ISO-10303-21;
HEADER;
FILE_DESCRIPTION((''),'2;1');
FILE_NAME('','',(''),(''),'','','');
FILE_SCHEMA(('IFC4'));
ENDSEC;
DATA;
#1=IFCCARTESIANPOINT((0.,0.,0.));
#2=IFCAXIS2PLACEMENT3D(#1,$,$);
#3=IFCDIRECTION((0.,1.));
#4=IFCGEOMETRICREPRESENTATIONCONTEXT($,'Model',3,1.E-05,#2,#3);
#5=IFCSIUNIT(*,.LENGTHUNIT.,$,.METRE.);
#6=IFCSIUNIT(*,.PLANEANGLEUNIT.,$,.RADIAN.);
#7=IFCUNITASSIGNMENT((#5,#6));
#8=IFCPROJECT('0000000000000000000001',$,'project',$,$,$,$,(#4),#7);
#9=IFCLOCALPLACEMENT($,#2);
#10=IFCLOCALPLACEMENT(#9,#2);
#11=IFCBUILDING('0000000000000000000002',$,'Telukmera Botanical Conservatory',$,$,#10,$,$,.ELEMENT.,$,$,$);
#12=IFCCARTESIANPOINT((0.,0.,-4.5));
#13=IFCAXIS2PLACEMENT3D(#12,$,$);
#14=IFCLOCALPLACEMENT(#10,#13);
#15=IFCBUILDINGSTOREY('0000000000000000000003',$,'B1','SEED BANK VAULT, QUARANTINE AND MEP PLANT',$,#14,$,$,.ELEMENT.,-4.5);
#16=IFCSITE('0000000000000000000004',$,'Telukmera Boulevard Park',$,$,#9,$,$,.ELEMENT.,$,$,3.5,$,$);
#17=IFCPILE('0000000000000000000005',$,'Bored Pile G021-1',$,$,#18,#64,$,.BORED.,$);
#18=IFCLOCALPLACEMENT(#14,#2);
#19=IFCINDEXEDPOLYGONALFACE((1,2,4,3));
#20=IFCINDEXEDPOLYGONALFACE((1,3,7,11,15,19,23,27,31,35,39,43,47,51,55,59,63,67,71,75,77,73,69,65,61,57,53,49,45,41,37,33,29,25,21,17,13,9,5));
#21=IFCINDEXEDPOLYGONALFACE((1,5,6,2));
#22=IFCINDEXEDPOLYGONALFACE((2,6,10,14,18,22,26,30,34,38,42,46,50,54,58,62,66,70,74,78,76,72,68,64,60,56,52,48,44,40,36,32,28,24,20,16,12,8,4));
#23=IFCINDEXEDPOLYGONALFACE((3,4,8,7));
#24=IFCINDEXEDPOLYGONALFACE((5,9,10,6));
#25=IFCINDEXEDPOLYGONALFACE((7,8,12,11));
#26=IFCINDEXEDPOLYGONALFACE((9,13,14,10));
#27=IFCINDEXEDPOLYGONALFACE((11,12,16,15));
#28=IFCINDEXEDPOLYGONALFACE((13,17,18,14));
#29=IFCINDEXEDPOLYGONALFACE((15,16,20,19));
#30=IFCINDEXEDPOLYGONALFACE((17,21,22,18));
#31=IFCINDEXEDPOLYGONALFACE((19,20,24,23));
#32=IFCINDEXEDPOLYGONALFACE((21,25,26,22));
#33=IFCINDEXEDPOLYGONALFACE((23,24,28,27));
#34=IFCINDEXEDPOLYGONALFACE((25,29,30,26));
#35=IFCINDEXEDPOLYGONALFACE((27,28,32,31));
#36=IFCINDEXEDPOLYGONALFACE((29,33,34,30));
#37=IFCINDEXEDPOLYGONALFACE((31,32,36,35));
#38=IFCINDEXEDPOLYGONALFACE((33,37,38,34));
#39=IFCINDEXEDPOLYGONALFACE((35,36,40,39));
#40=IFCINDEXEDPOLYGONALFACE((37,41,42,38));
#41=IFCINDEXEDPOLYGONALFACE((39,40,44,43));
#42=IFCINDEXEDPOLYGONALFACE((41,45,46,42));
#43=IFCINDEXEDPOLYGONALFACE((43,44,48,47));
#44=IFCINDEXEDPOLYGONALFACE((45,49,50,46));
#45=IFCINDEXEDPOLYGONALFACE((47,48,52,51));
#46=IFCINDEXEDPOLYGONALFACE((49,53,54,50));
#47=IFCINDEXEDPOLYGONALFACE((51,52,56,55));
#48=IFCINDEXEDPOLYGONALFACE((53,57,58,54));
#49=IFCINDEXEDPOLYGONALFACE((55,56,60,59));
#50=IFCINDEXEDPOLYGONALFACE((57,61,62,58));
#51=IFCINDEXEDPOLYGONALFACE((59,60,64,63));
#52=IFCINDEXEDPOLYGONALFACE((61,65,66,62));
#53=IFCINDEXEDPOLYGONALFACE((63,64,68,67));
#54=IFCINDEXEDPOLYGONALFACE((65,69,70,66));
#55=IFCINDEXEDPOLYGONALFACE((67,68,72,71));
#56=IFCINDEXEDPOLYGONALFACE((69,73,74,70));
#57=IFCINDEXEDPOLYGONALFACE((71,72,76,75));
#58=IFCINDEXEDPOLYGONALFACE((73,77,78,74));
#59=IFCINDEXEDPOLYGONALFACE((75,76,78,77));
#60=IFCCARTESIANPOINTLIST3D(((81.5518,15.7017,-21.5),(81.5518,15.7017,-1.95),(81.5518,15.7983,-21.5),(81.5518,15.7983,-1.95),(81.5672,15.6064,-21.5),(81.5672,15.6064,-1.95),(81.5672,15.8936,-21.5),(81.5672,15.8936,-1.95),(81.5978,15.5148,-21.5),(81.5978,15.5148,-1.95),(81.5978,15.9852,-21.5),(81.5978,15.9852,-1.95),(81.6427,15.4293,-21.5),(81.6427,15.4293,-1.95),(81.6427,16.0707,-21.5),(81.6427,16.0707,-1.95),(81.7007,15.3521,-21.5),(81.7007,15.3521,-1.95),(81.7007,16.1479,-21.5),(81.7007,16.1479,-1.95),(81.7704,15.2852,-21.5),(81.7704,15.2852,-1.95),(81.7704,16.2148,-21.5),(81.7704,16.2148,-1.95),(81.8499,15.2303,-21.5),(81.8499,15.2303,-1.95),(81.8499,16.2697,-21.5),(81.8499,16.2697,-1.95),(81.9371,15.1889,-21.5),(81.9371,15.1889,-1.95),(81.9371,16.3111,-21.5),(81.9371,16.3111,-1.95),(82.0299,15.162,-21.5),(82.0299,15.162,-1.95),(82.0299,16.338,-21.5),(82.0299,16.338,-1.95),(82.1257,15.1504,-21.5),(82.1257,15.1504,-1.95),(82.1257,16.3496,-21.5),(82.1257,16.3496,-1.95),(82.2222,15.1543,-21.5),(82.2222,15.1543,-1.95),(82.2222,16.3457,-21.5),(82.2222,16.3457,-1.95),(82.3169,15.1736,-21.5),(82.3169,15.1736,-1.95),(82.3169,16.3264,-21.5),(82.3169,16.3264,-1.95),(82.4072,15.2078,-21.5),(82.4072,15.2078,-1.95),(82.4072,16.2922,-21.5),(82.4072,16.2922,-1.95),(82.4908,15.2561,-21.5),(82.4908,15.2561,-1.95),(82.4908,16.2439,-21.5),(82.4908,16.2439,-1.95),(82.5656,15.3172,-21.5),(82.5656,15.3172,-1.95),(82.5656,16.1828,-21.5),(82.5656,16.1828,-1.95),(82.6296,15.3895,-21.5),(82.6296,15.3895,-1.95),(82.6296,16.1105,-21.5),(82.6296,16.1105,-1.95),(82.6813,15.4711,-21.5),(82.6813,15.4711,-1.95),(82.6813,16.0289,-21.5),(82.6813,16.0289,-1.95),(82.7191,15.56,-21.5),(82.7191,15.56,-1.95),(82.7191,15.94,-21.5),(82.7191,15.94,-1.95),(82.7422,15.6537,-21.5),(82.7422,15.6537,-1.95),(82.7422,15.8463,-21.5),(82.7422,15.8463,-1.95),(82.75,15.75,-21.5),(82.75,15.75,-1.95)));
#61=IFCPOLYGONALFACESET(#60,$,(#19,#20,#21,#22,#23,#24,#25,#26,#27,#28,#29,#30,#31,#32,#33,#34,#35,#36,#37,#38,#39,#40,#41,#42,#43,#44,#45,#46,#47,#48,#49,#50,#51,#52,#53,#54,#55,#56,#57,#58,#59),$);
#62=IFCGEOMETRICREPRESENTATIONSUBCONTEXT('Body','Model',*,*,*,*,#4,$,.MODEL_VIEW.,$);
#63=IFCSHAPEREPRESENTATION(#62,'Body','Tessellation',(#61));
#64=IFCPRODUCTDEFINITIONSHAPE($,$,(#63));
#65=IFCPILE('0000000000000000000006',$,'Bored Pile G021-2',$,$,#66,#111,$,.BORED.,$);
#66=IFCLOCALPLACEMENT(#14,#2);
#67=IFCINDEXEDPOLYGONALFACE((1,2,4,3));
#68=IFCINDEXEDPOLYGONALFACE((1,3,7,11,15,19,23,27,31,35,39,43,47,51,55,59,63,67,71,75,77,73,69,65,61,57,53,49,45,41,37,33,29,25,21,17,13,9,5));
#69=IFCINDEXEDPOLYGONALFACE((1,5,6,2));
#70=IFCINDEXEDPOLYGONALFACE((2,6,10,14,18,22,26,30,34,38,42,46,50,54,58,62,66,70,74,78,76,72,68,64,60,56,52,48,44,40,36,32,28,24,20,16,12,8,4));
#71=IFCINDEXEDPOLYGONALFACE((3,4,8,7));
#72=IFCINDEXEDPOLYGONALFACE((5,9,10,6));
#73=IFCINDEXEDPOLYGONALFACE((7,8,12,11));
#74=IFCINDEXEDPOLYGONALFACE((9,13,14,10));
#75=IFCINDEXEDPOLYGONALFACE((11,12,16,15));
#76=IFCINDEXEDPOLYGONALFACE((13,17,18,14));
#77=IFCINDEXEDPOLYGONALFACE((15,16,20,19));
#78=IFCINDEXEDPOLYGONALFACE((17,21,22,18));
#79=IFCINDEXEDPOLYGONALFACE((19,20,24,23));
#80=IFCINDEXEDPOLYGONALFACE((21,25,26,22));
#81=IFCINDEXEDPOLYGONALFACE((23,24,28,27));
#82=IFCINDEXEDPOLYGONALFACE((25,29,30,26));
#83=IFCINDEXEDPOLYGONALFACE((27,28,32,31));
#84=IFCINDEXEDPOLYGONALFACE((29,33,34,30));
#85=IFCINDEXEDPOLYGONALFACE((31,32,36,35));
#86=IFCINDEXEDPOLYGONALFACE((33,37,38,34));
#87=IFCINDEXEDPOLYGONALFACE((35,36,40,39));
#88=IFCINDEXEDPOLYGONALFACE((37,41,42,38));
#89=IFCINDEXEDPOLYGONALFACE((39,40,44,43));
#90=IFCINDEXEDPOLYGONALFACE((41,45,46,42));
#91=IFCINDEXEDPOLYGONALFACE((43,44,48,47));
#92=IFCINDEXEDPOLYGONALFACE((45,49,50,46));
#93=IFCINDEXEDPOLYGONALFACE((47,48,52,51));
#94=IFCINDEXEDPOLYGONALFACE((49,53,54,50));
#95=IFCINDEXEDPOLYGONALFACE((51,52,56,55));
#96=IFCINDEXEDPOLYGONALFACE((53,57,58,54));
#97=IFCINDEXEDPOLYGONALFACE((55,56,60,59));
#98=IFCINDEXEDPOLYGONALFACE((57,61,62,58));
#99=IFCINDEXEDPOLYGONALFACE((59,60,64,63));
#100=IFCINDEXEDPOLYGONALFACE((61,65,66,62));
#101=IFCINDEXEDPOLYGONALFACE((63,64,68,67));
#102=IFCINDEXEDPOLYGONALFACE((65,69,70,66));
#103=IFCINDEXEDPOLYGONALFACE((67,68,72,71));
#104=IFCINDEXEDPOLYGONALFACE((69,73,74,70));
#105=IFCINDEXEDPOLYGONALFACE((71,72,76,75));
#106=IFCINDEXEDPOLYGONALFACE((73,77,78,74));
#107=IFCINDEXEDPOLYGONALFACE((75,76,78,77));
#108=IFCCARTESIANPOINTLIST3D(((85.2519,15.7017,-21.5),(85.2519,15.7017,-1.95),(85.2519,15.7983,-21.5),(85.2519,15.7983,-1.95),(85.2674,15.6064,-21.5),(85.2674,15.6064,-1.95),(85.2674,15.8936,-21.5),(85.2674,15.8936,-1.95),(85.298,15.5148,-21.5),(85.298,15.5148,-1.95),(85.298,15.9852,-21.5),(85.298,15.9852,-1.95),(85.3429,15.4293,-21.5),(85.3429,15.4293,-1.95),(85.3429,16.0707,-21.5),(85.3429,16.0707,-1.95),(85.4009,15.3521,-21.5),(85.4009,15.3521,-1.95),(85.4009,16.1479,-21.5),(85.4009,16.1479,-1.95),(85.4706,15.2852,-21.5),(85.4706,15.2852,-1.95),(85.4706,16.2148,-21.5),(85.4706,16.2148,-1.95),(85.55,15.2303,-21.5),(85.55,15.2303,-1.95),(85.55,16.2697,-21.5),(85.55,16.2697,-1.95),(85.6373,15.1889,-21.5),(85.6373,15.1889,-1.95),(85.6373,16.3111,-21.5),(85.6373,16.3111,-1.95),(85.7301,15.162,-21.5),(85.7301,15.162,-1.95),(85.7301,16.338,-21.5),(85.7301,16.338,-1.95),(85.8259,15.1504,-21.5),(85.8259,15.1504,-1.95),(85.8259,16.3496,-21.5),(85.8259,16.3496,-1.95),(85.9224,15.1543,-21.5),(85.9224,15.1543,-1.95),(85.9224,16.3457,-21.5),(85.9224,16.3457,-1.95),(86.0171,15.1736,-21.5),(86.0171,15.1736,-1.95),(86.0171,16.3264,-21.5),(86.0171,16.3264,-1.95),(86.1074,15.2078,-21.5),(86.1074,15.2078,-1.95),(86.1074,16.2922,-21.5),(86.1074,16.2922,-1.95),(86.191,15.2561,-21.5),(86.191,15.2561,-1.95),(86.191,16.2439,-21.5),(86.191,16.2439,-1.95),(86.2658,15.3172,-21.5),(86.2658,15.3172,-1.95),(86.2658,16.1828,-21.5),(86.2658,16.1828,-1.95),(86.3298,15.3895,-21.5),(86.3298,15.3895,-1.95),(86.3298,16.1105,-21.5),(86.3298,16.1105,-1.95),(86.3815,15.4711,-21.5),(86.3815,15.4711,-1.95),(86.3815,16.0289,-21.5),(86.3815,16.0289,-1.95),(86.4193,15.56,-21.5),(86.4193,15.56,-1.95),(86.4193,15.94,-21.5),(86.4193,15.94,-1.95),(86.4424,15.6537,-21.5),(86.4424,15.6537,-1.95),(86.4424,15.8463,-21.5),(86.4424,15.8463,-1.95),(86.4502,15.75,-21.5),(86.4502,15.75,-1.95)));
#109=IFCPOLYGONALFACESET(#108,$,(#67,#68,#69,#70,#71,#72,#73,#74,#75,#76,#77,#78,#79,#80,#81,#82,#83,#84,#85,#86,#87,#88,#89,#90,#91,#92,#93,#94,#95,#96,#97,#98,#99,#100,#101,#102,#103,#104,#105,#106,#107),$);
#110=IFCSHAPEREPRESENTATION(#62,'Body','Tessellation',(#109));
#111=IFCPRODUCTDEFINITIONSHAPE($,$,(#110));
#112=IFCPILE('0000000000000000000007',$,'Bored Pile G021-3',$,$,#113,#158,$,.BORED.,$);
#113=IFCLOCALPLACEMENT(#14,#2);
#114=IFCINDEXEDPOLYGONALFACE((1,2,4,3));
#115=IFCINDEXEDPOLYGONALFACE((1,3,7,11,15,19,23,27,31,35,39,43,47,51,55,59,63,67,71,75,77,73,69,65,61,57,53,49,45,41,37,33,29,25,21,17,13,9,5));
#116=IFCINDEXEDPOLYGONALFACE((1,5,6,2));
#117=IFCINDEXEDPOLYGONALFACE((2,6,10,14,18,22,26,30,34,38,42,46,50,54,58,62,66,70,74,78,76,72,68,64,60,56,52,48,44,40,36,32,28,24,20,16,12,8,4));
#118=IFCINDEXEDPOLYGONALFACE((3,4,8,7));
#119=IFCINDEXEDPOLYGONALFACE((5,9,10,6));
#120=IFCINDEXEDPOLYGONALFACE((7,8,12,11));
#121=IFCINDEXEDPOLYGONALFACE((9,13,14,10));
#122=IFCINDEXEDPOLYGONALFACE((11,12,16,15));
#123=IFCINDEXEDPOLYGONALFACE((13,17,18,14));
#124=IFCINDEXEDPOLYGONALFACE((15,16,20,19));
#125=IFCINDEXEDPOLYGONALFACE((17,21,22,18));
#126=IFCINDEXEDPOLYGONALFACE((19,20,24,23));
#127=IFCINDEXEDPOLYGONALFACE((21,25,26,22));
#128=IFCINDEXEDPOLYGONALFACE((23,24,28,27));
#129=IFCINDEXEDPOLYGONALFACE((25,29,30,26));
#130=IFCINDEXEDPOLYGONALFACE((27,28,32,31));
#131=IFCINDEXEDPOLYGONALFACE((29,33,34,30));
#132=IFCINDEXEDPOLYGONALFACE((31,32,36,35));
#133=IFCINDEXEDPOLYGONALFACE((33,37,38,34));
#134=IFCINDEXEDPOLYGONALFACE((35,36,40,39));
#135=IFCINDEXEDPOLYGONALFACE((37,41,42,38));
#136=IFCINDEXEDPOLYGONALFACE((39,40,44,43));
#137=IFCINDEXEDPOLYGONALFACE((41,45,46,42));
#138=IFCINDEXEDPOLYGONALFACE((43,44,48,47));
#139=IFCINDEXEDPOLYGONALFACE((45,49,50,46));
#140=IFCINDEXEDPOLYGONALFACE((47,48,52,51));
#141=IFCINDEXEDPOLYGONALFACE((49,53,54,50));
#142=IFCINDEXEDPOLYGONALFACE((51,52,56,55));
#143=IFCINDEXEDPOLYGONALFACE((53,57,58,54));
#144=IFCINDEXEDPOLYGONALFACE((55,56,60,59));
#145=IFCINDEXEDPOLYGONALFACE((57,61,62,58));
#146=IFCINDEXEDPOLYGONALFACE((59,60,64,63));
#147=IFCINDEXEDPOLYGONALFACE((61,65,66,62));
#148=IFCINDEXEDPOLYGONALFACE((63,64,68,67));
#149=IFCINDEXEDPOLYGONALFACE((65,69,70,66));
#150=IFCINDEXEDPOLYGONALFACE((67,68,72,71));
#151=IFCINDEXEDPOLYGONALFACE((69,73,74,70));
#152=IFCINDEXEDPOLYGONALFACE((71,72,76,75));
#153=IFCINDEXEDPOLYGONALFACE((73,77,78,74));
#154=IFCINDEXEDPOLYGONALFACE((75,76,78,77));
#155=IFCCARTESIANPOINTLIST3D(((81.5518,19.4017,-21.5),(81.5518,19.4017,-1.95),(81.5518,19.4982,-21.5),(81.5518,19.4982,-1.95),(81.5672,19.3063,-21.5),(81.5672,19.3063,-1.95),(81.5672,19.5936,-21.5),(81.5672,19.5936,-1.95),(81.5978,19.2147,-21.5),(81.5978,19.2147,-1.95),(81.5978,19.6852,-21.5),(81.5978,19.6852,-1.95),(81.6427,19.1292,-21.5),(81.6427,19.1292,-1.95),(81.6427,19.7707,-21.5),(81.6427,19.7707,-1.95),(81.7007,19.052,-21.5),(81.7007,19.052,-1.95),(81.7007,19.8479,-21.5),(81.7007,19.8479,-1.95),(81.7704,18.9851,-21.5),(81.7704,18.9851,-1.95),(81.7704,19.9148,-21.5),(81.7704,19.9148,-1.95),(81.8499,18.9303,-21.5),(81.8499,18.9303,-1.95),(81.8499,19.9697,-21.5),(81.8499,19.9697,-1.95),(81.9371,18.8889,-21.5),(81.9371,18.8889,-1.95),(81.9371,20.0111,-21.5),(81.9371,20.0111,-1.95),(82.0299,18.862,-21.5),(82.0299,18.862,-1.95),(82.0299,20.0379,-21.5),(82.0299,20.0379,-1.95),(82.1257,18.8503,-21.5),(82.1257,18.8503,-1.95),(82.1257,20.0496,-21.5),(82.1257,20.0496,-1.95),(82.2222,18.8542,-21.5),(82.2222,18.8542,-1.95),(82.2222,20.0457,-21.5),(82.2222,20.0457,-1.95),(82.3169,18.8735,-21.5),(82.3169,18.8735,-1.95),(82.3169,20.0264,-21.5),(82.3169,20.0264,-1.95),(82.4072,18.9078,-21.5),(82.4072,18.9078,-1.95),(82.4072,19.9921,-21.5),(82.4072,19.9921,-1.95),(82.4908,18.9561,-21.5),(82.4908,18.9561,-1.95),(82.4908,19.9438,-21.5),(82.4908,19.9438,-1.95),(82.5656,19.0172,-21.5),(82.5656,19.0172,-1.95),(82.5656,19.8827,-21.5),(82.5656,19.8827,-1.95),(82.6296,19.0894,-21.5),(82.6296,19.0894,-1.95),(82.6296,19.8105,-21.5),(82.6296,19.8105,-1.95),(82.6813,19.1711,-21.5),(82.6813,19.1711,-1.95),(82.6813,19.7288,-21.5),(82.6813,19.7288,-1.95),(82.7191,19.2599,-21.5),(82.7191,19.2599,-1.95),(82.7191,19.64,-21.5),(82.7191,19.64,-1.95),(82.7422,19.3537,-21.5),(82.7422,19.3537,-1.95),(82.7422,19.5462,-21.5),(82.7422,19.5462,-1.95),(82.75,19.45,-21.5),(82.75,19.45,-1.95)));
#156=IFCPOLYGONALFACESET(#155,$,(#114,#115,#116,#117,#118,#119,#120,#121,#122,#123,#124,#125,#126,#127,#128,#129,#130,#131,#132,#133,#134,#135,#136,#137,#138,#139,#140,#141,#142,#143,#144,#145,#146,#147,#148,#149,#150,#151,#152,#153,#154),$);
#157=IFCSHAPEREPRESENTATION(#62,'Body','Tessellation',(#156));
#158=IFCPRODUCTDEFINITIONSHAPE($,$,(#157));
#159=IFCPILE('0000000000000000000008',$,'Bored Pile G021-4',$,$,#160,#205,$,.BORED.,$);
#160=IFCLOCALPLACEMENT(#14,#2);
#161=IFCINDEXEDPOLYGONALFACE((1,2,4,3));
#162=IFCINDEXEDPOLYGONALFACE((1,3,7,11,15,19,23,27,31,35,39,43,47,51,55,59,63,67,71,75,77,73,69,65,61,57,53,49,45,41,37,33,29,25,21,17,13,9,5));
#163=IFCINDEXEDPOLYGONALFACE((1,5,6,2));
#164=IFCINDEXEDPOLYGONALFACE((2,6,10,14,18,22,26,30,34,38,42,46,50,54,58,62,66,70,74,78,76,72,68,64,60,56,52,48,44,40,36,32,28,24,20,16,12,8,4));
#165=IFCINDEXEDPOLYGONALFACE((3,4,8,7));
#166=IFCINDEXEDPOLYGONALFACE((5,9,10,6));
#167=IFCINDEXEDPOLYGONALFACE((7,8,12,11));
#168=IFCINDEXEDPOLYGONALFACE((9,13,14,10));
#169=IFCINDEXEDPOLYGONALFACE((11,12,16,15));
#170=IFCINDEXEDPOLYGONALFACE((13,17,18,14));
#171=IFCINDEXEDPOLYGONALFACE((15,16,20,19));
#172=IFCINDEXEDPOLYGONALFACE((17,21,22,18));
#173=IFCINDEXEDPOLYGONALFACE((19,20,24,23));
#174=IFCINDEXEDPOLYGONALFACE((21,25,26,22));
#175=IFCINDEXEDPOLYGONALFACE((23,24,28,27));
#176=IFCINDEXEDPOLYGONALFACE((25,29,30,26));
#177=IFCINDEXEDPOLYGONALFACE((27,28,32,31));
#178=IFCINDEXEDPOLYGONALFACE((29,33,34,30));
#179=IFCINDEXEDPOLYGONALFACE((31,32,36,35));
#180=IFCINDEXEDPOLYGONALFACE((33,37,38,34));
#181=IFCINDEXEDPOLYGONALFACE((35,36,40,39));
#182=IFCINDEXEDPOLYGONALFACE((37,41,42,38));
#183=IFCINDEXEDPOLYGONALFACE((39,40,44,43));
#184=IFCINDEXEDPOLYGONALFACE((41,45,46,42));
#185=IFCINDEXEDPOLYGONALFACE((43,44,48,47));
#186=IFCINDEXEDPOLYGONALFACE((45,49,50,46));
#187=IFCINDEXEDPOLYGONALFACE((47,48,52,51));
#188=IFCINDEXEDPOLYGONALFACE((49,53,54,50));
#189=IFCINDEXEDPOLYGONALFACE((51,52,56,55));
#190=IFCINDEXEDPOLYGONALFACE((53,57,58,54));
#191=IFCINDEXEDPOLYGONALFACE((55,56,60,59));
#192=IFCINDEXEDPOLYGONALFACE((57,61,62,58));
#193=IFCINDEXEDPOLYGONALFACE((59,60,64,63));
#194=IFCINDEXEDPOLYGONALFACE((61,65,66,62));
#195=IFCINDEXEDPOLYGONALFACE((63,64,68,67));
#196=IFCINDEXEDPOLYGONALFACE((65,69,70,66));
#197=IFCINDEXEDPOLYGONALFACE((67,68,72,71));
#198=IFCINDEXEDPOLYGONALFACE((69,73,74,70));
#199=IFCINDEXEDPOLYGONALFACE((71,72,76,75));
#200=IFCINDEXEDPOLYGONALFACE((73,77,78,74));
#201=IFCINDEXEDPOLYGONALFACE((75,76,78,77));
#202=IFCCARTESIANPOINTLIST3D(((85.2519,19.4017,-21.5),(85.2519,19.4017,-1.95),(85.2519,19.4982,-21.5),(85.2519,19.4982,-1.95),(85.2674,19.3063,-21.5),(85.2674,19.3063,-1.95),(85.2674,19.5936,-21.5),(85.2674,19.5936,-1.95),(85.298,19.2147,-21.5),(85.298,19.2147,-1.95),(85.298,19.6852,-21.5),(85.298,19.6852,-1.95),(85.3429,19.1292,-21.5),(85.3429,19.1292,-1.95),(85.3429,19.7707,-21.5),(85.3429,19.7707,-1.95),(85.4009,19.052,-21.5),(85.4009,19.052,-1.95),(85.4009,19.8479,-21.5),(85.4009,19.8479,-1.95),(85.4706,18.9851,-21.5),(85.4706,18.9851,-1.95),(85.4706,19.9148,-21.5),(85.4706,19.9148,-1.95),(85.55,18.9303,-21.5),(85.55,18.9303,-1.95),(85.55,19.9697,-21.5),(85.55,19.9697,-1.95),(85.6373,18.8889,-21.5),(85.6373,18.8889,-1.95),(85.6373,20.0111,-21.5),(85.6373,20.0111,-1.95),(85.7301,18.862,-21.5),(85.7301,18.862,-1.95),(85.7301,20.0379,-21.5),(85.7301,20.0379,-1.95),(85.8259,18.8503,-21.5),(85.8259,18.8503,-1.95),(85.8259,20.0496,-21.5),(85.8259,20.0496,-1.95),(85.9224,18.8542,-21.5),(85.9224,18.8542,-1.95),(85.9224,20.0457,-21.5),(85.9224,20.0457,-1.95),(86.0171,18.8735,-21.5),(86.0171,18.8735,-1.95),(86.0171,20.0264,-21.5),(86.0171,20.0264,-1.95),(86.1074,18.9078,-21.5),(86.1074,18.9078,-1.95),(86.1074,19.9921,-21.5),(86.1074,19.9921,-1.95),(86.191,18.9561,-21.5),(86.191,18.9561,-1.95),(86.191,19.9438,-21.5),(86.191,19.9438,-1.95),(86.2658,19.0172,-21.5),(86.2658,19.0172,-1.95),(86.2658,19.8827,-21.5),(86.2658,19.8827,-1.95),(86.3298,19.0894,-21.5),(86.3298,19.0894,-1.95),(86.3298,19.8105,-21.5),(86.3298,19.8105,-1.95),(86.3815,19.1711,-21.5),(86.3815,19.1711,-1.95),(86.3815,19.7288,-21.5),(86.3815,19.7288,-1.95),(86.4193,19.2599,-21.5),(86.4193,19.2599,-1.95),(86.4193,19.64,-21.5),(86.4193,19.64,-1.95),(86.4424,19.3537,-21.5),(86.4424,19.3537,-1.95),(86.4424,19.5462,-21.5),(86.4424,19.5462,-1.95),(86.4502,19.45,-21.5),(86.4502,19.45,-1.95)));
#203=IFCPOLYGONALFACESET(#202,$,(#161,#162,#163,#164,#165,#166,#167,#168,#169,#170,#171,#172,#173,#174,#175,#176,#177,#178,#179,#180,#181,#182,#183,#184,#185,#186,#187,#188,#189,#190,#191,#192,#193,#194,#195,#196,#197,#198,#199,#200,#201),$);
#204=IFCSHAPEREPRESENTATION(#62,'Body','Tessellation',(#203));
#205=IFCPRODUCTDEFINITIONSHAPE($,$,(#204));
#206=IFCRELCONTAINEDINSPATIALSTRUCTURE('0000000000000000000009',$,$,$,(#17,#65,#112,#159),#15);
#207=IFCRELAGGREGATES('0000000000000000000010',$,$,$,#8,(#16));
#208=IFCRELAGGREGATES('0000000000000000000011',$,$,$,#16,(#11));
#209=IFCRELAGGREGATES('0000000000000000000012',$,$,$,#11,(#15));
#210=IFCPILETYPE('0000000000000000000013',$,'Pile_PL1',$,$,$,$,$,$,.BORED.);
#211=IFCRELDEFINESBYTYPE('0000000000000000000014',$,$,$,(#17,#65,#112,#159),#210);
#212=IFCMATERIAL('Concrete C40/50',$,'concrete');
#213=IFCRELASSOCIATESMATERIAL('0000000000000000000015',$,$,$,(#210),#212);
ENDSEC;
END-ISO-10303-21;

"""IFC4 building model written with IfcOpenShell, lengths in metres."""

from ifc_helpers import new_model, si_unit, direction, frame, origin, origin_2d, place, context, subcontext, project, spatial, circle, extrude, material, material_profile, profile_set, type_object, element, save


model = new_model("IFC4")

# Units and contexts
model_context = context("Model", 3, precision=1e-05, world=origin(), true_north=direction((0.0, 1.0)))
body_context = subcontext(model_context, "Body", "Model", "MODEL_VIEW")
ifc_project = project(units=[si_unit("LENGTHUNIT", "METRE"), si_unit("PLANEANGLEUNIT", "RADIAN")], contexts=[model_context])

# Site, building, storey
site_placement = place(None, origin())
site = spatial("IfcSite", under=ifc_project, at=site_placement, Name="Telukmera Boulevard Park", CompositionType="ELEMENT", RefElevation=3.5)
building_placement = place(site_placement, origin())
building = spatial("IfcBuilding", under=site, at=building_placement, Name="Telukmera Botanical Conservatory", CompositionType="ELEMENT")
storey_placement = place(building_placement, frame((0.0, 0.0, -4.5)))
storey = spatial("IfcBuildingStorey", under=building, at=storey_placement, Name="B1", Description="SEED BANK VAULT, QUARANTINE AND MEP PLANT", CompositionType="ELEMENT", Elevation=-4.5)

# Shared definitions
ifc_material_1 = material(Name="Concrete C40/50", Category="concrete")

# Piles
ifc_material_profile_1 = material_profile(ifc_material_1, circle(Radius=0.6001, at=origin_2d()), Name="PILE D1200")
ifc_profile_set_1 = profile_set([ifc_material_profile_1], Name="Concrete C40/50")
pile_type_1 = type_object("IfcPileType", Name="Pile_PL1", PredefinedType="BORED", material=ifc_profile_set_1)
for number, where, z_axis, x_axis, name in (
    (1, (82.1499, 15.75, -1.95), (0.0, 0.0, -1.0), (1.0, 0.0, 0.0), "Bored Pile G021-1"),
    (2, (85.8501, 15.75, -1.95), (0.0, 0.0, -1.0), (1.0, 0.0, 0.0), "Bored Pile G021-2"),
    (3, (82.1499, 19.45, -1.95), (0.0, 0.0, -1.0), (1.0, 0.0, 0.0), "Bored Pile G021-3"),
    (4, (85.8501, 19.45, -1.95), (0.0, 0.0, -1.0), (1.0, 0.0, 0.0), "Bored Pile G021-4"),
):
    element("IfcPile", number, at=place(storey_placement, frame(where, z_axis=z_axis, x_axis=x_axis)), inside=storey, type_object=pile_type_1, Name=name, PredefinedType="BORED", context=body_context, shape_type="SweptSolid", body=[
        extrude(circle(Radius=0.6001, at=origin_2d()), origin(), (0.0, 0.0, 1.0), 19.55),
    ])

save(model, "model.ifc")
